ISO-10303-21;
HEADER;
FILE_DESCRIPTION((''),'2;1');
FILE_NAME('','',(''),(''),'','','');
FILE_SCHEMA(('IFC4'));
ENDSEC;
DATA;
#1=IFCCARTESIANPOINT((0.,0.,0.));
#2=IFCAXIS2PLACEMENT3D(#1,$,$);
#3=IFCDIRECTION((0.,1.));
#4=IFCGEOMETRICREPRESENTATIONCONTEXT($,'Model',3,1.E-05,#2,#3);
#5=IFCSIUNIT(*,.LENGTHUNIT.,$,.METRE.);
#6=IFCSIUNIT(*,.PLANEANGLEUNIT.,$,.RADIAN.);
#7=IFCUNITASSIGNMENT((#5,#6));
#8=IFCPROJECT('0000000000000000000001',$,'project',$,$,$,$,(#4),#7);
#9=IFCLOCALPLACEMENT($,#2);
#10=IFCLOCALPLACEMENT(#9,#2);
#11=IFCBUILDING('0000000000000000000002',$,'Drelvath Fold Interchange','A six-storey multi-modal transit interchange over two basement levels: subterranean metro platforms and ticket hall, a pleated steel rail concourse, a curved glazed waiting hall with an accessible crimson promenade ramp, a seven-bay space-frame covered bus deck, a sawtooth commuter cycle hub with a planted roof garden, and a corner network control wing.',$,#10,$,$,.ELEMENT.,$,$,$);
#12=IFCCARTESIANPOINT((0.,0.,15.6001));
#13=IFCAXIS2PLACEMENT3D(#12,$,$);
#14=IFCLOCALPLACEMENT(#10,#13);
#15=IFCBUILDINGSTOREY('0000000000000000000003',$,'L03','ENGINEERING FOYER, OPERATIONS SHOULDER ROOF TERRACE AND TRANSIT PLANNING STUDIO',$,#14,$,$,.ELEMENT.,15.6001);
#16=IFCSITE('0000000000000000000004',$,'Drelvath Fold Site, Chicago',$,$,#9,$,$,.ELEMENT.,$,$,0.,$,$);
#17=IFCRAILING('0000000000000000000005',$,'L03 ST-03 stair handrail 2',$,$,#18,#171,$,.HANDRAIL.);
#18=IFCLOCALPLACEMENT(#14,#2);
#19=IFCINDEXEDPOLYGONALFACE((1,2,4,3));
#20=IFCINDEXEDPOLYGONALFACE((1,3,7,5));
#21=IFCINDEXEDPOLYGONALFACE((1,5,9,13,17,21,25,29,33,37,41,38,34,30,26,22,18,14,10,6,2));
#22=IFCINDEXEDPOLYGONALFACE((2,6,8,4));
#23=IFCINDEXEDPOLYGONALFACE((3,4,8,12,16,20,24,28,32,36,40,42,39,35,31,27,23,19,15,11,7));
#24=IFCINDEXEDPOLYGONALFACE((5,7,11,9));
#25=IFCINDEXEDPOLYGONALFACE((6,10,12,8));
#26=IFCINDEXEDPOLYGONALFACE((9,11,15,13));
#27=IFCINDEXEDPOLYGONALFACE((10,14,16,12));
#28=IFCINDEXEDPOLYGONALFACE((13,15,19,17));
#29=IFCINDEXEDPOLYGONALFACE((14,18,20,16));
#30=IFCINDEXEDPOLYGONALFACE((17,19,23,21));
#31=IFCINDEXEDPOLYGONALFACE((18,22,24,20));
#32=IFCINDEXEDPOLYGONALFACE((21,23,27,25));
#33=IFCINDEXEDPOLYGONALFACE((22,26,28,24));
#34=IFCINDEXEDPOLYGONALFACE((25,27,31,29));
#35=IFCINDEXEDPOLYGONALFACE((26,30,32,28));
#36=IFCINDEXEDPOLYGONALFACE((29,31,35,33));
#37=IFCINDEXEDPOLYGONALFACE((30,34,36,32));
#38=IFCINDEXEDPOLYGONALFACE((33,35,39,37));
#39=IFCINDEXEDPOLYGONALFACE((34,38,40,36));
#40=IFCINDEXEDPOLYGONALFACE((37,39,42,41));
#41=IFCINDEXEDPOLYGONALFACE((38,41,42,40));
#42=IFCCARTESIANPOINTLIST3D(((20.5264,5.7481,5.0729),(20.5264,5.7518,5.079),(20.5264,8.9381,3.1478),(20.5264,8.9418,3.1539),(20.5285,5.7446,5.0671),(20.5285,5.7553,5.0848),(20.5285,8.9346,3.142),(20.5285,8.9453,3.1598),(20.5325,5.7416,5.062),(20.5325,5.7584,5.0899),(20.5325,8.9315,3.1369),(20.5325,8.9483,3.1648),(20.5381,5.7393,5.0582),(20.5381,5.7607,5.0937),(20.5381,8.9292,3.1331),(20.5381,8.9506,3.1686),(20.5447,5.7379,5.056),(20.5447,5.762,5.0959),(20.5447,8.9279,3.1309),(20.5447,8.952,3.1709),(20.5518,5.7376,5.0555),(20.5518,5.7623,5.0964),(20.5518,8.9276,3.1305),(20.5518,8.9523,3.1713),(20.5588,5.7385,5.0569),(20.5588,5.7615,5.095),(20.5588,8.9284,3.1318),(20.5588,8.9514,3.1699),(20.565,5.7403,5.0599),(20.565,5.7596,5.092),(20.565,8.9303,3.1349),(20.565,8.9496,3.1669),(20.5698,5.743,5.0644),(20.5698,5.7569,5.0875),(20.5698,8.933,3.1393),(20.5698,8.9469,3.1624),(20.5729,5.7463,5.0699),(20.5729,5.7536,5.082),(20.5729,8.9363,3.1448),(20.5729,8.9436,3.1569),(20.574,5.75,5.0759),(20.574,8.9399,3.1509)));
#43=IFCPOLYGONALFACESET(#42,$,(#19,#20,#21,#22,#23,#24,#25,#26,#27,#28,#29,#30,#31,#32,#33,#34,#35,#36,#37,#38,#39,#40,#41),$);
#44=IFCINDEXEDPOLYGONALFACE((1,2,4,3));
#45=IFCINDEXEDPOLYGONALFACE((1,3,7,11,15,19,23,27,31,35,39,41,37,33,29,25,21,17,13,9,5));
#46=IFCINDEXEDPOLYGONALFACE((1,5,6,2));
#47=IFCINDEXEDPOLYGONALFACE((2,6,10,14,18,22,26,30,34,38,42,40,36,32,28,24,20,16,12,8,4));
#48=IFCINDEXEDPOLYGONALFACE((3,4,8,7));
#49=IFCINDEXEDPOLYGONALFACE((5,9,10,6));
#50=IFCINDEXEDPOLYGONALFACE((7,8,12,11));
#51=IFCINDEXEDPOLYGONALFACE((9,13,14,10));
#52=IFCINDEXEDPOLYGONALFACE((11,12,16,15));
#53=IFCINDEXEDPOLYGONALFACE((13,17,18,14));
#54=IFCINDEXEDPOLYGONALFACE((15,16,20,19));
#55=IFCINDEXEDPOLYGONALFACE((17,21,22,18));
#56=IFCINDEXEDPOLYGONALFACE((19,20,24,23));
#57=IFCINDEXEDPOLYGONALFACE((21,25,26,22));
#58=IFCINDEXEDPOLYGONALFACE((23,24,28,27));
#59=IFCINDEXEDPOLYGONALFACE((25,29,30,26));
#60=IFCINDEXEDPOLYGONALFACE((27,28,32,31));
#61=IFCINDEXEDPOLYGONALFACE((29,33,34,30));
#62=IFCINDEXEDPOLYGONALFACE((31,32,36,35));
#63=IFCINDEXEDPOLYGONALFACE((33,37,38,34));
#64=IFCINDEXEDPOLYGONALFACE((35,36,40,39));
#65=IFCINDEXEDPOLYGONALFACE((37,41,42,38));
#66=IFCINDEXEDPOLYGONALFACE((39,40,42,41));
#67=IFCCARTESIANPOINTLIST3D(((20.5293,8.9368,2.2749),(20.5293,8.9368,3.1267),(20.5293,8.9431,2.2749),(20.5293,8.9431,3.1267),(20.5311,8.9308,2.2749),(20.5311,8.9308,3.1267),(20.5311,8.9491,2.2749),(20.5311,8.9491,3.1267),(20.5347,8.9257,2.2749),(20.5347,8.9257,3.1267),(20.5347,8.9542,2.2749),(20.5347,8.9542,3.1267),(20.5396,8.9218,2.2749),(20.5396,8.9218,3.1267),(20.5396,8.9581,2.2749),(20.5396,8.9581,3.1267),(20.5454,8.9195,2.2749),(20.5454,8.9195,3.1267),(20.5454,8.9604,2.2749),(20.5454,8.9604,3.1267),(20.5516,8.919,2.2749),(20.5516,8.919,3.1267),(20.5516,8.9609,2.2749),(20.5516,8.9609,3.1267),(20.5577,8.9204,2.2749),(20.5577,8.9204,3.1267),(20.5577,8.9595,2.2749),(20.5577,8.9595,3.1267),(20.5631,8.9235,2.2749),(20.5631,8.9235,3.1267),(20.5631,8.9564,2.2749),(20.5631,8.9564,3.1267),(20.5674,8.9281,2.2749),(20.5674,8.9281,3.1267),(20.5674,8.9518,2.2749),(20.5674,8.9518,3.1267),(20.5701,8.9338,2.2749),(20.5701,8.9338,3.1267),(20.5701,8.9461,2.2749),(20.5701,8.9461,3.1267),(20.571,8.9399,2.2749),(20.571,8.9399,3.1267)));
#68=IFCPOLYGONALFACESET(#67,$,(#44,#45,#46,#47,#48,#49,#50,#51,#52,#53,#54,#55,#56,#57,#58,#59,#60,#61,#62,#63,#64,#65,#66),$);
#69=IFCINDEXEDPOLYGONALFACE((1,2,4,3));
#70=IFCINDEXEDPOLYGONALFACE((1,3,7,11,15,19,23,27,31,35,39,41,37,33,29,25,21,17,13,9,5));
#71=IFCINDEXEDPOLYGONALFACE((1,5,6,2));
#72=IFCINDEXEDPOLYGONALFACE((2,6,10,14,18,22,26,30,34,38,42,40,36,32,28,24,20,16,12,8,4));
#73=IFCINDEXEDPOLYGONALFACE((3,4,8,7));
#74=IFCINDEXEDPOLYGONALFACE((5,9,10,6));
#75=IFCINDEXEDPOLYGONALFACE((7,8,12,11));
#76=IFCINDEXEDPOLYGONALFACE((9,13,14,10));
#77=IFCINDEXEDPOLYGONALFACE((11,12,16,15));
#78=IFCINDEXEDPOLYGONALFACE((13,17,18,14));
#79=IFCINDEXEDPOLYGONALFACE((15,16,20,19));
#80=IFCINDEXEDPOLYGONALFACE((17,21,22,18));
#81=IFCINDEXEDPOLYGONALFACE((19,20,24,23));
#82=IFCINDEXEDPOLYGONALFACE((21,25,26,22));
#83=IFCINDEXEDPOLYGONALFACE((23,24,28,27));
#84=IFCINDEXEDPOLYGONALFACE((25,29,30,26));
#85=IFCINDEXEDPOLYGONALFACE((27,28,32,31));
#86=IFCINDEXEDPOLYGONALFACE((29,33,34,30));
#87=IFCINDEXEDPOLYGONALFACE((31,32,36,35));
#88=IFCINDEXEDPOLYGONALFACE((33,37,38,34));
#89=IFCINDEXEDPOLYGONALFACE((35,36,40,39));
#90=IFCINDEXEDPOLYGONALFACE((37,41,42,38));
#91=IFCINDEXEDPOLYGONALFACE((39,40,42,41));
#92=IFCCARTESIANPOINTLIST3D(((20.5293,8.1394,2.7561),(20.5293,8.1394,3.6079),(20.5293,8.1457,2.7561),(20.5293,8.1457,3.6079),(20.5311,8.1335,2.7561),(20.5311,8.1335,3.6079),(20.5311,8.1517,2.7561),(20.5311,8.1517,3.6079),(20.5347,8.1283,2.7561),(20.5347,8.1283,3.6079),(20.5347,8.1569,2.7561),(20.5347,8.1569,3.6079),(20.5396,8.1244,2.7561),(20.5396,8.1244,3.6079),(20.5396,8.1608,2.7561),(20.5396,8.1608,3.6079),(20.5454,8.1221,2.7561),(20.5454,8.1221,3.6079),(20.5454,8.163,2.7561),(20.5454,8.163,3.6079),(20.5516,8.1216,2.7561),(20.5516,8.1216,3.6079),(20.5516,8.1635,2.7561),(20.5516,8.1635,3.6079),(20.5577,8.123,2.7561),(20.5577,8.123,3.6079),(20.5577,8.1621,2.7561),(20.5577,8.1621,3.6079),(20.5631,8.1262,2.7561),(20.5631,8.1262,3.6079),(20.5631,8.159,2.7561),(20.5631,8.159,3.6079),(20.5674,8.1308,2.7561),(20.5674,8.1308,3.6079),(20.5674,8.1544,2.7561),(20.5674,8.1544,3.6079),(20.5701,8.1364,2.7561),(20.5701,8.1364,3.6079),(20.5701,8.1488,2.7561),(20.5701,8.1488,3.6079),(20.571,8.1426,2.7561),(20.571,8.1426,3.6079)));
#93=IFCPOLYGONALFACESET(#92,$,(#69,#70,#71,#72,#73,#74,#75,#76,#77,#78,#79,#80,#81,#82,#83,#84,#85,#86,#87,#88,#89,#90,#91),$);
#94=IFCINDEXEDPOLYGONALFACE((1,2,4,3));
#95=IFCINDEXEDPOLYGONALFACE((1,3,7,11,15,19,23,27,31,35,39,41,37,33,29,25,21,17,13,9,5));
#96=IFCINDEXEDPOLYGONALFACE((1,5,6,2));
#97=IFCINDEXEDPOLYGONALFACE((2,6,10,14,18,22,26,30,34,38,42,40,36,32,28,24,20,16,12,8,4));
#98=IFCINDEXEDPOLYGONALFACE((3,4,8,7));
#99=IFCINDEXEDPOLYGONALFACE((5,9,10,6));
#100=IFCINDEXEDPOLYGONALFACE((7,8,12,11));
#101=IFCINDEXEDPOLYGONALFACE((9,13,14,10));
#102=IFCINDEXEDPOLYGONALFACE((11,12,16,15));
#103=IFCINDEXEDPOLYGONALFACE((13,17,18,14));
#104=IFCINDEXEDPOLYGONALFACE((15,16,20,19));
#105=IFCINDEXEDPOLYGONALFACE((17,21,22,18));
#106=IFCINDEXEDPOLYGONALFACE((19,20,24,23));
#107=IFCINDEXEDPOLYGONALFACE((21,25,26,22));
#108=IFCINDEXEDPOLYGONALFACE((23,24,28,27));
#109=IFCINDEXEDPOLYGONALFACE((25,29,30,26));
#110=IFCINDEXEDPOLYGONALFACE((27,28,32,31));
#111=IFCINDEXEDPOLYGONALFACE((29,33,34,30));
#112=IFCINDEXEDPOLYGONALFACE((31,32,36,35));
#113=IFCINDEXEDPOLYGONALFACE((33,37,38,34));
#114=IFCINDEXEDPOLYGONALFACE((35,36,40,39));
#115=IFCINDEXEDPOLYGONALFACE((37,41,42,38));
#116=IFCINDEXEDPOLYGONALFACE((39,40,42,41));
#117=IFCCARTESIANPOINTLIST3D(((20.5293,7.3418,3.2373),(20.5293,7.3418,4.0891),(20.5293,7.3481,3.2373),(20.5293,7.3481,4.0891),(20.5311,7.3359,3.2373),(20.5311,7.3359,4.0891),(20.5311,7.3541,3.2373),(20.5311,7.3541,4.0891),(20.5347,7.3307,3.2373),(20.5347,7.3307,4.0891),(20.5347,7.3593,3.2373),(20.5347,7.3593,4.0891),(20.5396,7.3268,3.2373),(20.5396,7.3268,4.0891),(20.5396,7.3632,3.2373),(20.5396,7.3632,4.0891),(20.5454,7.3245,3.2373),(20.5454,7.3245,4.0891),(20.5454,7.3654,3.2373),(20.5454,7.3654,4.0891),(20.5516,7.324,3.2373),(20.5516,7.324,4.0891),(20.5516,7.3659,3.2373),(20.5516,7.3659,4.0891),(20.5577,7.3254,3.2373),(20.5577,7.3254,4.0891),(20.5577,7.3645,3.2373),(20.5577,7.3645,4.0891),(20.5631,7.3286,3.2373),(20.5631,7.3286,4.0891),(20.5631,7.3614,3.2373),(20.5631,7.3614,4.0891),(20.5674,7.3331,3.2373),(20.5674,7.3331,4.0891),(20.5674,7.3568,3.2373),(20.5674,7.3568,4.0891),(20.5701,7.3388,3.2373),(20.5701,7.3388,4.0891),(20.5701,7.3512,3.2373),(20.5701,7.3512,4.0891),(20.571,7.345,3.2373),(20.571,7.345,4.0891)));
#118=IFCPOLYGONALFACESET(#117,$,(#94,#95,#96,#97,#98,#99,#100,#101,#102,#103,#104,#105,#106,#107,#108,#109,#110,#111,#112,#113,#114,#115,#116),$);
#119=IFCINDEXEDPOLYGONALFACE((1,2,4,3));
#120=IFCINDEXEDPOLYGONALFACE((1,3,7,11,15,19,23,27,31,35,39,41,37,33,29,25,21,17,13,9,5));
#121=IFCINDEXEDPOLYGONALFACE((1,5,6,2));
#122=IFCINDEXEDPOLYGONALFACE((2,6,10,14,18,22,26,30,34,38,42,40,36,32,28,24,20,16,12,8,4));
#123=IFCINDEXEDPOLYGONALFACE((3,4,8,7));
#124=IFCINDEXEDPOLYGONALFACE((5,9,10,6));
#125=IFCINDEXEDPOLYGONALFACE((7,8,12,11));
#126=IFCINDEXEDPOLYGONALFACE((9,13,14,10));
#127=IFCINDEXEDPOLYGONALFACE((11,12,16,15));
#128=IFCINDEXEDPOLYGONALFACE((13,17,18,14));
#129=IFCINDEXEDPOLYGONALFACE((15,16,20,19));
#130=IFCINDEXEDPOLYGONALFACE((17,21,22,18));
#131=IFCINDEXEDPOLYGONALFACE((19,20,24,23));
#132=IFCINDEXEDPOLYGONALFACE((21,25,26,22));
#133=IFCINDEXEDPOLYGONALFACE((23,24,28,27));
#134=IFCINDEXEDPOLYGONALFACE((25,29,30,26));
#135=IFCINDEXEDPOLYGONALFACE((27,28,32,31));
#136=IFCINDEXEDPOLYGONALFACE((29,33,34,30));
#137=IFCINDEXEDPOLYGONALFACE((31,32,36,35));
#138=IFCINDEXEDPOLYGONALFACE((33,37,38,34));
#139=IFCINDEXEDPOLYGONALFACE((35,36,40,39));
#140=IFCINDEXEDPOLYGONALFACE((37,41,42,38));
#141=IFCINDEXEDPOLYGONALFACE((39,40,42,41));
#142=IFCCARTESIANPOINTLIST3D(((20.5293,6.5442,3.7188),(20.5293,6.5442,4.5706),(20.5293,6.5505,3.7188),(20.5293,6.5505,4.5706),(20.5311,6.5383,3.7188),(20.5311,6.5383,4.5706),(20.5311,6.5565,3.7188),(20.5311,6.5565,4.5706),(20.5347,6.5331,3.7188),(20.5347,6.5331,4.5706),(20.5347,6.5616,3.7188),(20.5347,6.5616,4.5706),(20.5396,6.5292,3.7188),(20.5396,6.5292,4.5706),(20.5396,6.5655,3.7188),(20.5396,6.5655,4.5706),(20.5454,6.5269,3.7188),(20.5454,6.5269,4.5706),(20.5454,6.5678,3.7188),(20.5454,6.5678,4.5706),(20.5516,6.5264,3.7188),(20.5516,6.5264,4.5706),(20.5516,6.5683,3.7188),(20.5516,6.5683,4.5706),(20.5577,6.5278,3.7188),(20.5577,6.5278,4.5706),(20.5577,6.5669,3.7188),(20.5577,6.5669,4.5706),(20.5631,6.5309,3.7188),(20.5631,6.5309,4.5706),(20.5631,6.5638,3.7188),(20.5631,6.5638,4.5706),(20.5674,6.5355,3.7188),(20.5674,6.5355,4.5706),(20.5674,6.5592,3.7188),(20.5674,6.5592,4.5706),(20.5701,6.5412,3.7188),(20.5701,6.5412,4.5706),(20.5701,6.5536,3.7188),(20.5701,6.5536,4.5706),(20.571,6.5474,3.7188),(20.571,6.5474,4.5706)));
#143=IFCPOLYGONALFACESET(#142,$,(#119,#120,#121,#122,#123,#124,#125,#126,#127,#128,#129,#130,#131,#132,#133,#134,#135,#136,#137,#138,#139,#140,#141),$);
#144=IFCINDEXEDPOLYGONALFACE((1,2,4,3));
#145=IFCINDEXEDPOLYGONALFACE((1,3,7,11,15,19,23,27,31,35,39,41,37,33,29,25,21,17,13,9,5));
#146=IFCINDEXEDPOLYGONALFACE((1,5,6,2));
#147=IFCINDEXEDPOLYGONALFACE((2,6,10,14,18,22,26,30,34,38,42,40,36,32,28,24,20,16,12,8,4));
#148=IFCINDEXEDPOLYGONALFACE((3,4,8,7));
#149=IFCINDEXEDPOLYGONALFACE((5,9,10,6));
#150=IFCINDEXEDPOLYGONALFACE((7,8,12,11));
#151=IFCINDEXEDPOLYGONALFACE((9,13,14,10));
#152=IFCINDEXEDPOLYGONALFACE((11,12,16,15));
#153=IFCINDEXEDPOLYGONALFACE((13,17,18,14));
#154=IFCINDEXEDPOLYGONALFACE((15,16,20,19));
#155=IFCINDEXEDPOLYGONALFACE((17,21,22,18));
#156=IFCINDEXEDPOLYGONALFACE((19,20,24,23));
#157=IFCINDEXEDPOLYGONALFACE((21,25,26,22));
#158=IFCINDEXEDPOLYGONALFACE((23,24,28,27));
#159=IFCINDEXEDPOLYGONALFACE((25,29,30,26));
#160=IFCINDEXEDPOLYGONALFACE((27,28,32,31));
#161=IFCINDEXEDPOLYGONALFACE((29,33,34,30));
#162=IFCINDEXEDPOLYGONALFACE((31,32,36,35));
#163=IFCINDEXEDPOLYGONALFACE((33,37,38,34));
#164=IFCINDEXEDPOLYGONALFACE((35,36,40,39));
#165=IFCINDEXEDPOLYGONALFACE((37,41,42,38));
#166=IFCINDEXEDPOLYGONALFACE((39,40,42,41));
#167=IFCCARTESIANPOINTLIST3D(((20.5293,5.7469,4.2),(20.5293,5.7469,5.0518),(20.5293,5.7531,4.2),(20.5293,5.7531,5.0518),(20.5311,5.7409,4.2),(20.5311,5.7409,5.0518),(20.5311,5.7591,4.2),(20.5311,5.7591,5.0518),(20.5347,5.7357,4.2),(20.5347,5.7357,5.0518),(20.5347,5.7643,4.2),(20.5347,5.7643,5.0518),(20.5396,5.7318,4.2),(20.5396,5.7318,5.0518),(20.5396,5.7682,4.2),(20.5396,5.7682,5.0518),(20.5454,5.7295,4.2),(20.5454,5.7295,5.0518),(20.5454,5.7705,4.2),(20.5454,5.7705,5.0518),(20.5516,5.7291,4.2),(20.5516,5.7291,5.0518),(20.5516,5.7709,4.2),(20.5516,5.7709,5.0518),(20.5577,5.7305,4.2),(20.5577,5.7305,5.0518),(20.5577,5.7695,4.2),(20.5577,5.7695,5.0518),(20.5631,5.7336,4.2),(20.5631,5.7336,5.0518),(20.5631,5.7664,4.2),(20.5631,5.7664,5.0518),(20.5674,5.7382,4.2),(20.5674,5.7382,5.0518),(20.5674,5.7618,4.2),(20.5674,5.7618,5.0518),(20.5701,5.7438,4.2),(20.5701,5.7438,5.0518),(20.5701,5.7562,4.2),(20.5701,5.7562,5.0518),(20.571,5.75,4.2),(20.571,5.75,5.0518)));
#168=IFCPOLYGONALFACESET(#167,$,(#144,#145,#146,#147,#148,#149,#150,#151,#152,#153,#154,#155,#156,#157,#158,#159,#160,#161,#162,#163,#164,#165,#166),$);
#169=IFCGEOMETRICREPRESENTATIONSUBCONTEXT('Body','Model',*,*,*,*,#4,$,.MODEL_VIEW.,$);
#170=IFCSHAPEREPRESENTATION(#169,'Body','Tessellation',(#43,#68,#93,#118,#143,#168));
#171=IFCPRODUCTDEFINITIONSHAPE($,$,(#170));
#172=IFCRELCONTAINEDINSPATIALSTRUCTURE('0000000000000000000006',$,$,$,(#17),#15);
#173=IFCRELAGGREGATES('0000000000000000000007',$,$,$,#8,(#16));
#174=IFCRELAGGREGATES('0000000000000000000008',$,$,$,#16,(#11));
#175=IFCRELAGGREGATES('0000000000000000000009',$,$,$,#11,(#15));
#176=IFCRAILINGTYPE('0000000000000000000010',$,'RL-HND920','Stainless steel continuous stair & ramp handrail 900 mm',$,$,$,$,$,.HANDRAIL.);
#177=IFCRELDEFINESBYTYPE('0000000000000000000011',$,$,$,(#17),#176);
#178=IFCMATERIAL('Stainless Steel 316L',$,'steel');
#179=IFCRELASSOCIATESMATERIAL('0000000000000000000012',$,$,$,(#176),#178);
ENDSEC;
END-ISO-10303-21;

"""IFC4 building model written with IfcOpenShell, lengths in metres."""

from ifc_helpers import new_model, si_unit, direction, frame, origin, origin_2d, place, context, subcontext, project, spatial, circle, extrude, material, type_object, element, save


model = new_model("IFC4")

# Units and contexts
model_context = context("Model", 3, precision=1e-05, world=origin(), true_north=direction((0.0, 1.0)))
body_context = subcontext(model_context, "Body", "Model", "MODEL_VIEW")
ifc_project = project(units=[si_unit("LENGTHUNIT", "METRE"), si_unit("PLANEANGLEUNIT", "RADIAN")], contexts=[model_context])

# Site, building, storey
site_placement = place(None, origin())
site = spatial("IfcSite", under=ifc_project, at=site_placement, Name="Drelvath Fold Site, Chicago", CompositionType="ELEMENT", RefElevation=0.0)
building_placement = place(site_placement, origin())
building = spatial("IfcBuilding", under=site, at=building_placement, Name="Drelvath Fold Interchange", Description="A six-storey multi-modal transit interchange over two basement levels: subterranean metro platforms and ticket hall, a pleated steel rail concourse, a curved glazed waiting hall with an accessible crimson promenade ramp, a seven-bay space-frame covered bus deck, a sawtooth commuter cycle hub with a planted roof garden, and a corner network control wing.", CompositionType="ELEMENT")
storey_placement = place(building_placement, frame((0.0, 0.0, 15.6001)))
storey = spatial("IfcBuildingStorey", under=building, at=storey_placement, Name="L03", Description="ENGINEERING FOYER, OPERATIONS SHOULDER ROOF TERRACE AND TRANSIT PLANNING STUDIO", CompositionType="ELEMENT", Elevation=15.6001)

# Railing
ifc_material_1 = material(Name="Stainless Steel 316L", Category="steel")
railing_type_1 = type_object("IfcRailingType", Name="RL-HND920", Description="Stainless steel continuous stair & ramp handrail 900 mm", PredefinedType="HANDRAIL", material=ifc_material_1)
railing_1_placement = place(storey_placement, frame((20.55, 8.9399, 2.2749)))
element("IfcRailing", 1, at=railing_1_placement, inside=storey, type_object=railing_type_1, Name="L03 ST-03 stair handrail 2", PredefinedType="HANDRAIL", context=body_context, shape_type="SweptSolid", body=[
    extrude(circle(Radius=0.0239, at=origin_2d()), frame((0.0, 0.0, 0.876), z_axis=(0.0, -0.856178, 0.516682), x_axis=(1.0, 0.0, 0.0)), (0.0, 0.0, 1.0), 3.7258),
    extrude(circle(Radius=0.021, at=origin_2d()), origin(), (0.0, 0.0, 1.0), 0.8518),
    extrude(circle(Radius=0.021, at=origin_2d()), frame((0.0, -0.7974, 0.4812)), (0.0, 0.0, 1.0), 0.8518),
    extrude(circle(Radius=0.021, at=origin_2d()), frame((0.0, -1.595, 0.9624)), (0.0, 0.0, 1.0), 0.8518),
    extrude(circle(Radius=0.021, at=origin_2d()), frame((0.0, -2.3926, 1.4438)), (0.0, 0.0, 1.0), 0.8518),
    extrude(circle(Radius=0.021, at=origin_2d()), frame((0.0, -3.1899, 1.925)), (0.0, 0.0, 1.0), 0.8518),
])

save(model, "model.ifc")
